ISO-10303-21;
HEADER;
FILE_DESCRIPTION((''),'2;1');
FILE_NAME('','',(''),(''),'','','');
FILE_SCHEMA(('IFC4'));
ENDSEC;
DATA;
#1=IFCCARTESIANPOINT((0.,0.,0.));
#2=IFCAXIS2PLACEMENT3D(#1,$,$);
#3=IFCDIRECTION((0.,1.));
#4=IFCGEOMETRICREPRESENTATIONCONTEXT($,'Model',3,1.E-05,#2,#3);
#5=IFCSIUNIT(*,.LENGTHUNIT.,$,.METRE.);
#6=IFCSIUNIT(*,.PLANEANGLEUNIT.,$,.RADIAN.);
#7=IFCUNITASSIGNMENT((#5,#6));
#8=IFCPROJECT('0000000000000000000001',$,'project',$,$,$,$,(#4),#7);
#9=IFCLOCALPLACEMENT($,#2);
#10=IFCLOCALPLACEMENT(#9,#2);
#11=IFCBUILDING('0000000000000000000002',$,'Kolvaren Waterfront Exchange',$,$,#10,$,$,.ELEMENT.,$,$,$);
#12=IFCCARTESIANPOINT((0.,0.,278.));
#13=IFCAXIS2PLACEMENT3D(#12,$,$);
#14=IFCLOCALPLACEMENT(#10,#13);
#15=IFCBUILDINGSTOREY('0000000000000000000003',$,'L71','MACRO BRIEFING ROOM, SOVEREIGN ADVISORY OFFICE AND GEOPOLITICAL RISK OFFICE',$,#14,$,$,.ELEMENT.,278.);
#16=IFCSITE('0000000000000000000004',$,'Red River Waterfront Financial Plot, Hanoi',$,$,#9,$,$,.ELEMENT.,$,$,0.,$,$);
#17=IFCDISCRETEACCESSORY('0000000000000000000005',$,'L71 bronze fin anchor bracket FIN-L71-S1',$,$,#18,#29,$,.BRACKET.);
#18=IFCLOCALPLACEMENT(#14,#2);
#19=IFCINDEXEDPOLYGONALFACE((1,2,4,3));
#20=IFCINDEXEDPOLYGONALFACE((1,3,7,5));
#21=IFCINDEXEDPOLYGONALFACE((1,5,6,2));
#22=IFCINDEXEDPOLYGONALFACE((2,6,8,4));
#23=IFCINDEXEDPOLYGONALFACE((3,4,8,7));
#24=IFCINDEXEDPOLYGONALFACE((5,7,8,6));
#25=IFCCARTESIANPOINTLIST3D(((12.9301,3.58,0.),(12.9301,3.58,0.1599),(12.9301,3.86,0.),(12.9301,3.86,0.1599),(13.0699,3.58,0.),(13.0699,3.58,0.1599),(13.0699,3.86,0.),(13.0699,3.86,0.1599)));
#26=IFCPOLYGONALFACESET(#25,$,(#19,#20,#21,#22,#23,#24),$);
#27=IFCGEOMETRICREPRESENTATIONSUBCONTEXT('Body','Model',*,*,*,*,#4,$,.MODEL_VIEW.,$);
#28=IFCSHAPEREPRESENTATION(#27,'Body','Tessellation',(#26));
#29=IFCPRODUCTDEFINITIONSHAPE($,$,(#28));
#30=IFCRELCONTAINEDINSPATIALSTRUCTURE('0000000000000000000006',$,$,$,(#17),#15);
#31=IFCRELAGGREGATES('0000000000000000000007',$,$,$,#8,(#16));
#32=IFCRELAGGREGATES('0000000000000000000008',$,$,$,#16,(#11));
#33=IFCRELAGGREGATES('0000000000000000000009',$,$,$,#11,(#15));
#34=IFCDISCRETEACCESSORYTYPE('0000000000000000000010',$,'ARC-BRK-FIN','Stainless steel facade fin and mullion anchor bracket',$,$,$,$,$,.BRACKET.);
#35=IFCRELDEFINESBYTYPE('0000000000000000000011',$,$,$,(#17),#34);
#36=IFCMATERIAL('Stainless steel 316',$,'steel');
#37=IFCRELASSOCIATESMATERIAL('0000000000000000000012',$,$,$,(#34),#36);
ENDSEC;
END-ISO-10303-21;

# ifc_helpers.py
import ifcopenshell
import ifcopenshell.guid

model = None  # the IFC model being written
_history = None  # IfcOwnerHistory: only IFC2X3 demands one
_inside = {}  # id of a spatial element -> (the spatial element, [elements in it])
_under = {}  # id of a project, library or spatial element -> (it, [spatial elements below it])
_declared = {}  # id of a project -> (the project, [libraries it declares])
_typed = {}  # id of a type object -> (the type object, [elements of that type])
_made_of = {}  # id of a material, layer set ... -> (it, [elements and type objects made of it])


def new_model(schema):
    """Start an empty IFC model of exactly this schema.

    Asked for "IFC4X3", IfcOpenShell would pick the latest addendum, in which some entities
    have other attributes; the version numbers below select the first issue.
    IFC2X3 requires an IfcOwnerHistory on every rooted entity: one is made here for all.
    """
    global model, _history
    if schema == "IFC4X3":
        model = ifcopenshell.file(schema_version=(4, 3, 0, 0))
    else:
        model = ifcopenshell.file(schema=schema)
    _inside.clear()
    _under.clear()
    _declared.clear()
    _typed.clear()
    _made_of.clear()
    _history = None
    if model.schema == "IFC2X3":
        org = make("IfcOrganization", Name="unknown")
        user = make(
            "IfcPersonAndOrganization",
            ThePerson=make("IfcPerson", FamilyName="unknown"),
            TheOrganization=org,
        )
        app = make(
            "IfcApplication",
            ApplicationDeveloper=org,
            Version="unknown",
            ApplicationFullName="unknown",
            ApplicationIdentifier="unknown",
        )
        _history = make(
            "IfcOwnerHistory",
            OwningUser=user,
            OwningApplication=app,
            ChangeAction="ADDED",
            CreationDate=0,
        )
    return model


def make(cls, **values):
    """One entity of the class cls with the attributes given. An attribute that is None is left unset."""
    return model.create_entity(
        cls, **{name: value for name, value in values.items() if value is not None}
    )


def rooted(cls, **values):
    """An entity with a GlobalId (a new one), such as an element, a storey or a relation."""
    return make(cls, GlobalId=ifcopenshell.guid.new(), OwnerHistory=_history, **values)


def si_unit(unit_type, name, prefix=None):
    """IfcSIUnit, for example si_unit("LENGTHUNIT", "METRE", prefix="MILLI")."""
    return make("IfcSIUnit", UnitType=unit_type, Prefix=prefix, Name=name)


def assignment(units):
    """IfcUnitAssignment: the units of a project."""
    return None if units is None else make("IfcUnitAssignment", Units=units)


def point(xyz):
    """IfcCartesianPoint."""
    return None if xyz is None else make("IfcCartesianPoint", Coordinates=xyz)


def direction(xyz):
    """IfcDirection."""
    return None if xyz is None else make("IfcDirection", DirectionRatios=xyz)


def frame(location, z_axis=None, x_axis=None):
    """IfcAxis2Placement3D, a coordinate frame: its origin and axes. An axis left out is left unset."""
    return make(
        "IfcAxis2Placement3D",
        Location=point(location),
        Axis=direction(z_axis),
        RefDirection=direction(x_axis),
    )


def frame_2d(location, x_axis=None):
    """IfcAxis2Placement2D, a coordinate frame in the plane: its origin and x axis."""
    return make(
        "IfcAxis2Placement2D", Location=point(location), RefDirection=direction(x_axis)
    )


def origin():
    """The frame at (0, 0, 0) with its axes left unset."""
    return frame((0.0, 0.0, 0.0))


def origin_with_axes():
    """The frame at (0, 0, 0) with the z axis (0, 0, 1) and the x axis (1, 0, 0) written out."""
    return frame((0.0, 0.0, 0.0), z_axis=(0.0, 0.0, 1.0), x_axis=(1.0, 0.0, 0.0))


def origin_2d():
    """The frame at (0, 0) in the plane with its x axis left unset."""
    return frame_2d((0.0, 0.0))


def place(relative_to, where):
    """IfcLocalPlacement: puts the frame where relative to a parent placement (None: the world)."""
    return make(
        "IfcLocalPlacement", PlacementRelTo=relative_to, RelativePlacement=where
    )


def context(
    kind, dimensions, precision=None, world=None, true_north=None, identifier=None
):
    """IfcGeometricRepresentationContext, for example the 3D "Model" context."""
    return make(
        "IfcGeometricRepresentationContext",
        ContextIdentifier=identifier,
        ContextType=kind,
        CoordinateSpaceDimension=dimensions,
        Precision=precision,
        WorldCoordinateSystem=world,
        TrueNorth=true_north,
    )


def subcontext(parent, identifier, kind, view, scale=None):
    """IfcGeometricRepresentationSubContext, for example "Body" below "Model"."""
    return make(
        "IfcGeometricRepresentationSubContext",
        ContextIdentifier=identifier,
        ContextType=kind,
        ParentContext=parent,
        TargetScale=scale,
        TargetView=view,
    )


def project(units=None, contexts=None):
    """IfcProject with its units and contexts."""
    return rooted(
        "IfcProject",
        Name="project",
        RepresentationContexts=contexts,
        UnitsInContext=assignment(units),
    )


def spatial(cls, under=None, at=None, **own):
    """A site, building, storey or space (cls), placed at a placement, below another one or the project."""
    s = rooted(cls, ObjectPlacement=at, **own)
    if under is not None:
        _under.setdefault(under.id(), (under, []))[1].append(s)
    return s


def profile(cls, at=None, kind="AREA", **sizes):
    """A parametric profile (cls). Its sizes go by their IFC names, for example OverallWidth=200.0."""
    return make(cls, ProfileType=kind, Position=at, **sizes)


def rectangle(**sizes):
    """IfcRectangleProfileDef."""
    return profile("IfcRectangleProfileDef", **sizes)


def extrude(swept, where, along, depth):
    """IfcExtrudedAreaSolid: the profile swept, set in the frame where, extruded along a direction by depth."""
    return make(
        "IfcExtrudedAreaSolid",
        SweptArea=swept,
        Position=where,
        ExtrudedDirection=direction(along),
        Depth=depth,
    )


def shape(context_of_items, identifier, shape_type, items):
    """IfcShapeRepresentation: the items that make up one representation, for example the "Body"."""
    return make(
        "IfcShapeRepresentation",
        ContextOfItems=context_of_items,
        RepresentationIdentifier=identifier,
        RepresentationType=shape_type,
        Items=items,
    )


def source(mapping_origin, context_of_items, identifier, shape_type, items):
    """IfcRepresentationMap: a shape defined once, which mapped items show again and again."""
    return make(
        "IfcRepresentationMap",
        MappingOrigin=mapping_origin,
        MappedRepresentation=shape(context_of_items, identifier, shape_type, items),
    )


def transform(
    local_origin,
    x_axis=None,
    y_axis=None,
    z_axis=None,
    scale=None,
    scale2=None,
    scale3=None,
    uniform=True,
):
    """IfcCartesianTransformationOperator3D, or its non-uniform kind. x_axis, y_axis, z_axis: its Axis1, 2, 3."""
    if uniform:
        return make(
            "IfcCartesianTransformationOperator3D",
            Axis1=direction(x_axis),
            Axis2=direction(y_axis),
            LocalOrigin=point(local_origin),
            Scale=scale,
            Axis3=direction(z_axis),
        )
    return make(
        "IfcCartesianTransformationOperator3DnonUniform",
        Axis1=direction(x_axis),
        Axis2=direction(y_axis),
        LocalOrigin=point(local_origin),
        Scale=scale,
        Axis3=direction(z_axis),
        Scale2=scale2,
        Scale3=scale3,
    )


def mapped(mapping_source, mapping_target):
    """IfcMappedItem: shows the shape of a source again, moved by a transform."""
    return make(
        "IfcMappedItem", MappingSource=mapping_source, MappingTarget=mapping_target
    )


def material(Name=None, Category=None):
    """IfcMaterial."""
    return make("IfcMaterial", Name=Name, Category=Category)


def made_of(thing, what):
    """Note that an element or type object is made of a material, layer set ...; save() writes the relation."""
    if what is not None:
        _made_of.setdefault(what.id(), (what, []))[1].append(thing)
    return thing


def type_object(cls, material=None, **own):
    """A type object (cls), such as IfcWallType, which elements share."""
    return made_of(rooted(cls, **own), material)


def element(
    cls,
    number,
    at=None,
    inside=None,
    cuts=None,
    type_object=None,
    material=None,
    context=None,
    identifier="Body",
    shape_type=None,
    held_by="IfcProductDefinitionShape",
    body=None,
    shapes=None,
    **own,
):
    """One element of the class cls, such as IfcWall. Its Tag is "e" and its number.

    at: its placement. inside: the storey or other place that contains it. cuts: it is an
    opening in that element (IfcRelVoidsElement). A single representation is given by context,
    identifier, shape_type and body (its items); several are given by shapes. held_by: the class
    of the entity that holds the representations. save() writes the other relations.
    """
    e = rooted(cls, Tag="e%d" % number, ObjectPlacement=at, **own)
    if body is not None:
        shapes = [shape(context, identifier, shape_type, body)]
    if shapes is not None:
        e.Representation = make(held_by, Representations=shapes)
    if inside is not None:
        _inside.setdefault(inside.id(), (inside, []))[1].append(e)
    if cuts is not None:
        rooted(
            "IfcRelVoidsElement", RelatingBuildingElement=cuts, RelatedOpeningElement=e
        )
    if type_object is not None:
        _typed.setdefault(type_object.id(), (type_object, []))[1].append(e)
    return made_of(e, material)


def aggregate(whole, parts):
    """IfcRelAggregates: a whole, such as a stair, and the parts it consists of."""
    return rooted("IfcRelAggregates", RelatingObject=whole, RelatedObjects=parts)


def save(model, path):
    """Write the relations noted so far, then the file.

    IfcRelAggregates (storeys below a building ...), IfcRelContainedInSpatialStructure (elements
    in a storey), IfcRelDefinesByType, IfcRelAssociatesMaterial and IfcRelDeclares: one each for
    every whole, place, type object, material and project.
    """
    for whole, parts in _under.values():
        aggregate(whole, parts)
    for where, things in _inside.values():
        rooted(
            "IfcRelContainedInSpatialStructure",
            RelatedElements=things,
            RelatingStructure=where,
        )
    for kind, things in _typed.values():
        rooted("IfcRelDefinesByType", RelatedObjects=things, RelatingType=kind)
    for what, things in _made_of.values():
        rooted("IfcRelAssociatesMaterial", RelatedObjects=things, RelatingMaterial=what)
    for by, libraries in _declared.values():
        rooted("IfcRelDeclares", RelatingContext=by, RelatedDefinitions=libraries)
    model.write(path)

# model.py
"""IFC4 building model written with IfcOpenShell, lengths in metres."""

from ifc_helpers import new_model, si_unit, direction, frame, origin, origin_with_axes, origin_2d, place, context, subcontext, project, spatial, rectangle, extrude, source, transform, mapped, material, type_object, element, save


model = new_model("IFC4")

# Units and contexts
model_context = context("Model", 3, precision=1e-05, world=origin(), true_north=direction((0.0, 1.0)))
body_context = subcontext(model_context, "Body", "Model", "MODEL_VIEW")
ifc_project = project(units=[si_unit("LENGTHUNIT", "METRE"), si_unit("PLANEANGLEUNIT", "RADIAN")], contexts=[model_context])

# Site, building, storey
site_placement = place(None, origin())
site = spatial("IfcSite", under=ifc_project, at=site_placement, Name="Red River Waterfront Financial Plot, Hanoi", CompositionType="ELEMENT", RefElevation=0.0)
building_placement = place(site_placement, origin())
building = spatial("IfcBuilding", under=site, at=building_placement, Name="Kolvaren Waterfront Exchange", CompositionType="ELEMENT")
storey_placement = place(building_placement, frame((0.0, 0.0, 278.0)))
storey = spatial("IfcBuildingStorey", under=building, at=storey_placement, Name="L71", Description="MACRO BRIEFING ROOM, SOVEREIGN ADVISORY OFFICE AND GEOPOLITICAL RISK OFFICE", CompositionType="ELEMENT", Elevation=278.0)

# Discrete accessory
ifc_material_1 = material(Name="Stainless steel 316", Category="steel")
discrete_accessory_type = type_object("IfcDiscreteAccessoryType", Name="ARC-BRK-FIN", Description="Stainless steel facade fin and mullion anchor bracket", PredefinedType="BRACKET", material=ifc_material_1)
shared_shape_1 = source(origin_with_axes(), body_context, "Body", "SweptSolid", [
    extrude(rectangle(XDim=0.28, YDim=0.1399, at=origin_2d()), origin(), (0.0, 0.0, 1.0), 0.1599),
])
discrete_accessory_placement = place(storey_placement, frame((13.0, 3.72, 0.0), z_axis=(0.0, 0.0, 1.0), x_axis=(0.0, -1.0, 0.0)))
element("IfcDiscreteAccessory", 1, at=discrete_accessory_placement, inside=storey, type_object=discrete_accessory_type, Name="L71 bronze fin anchor bracket FIN-L71-S1", PredefinedType="BRACKET", context=body_context, shape_type="MappedRepresentation", body=[
    mapped(shared_shape_1, transform((0.0, 0.0, 0.0), x_axis=(1.0, 0.0, 0.0), y_axis=(0.0, 1.0, 0.0), z_axis=(0.0, 0.0, 1.0), scale=1.0)),
])

save(model, "model.ifc")
